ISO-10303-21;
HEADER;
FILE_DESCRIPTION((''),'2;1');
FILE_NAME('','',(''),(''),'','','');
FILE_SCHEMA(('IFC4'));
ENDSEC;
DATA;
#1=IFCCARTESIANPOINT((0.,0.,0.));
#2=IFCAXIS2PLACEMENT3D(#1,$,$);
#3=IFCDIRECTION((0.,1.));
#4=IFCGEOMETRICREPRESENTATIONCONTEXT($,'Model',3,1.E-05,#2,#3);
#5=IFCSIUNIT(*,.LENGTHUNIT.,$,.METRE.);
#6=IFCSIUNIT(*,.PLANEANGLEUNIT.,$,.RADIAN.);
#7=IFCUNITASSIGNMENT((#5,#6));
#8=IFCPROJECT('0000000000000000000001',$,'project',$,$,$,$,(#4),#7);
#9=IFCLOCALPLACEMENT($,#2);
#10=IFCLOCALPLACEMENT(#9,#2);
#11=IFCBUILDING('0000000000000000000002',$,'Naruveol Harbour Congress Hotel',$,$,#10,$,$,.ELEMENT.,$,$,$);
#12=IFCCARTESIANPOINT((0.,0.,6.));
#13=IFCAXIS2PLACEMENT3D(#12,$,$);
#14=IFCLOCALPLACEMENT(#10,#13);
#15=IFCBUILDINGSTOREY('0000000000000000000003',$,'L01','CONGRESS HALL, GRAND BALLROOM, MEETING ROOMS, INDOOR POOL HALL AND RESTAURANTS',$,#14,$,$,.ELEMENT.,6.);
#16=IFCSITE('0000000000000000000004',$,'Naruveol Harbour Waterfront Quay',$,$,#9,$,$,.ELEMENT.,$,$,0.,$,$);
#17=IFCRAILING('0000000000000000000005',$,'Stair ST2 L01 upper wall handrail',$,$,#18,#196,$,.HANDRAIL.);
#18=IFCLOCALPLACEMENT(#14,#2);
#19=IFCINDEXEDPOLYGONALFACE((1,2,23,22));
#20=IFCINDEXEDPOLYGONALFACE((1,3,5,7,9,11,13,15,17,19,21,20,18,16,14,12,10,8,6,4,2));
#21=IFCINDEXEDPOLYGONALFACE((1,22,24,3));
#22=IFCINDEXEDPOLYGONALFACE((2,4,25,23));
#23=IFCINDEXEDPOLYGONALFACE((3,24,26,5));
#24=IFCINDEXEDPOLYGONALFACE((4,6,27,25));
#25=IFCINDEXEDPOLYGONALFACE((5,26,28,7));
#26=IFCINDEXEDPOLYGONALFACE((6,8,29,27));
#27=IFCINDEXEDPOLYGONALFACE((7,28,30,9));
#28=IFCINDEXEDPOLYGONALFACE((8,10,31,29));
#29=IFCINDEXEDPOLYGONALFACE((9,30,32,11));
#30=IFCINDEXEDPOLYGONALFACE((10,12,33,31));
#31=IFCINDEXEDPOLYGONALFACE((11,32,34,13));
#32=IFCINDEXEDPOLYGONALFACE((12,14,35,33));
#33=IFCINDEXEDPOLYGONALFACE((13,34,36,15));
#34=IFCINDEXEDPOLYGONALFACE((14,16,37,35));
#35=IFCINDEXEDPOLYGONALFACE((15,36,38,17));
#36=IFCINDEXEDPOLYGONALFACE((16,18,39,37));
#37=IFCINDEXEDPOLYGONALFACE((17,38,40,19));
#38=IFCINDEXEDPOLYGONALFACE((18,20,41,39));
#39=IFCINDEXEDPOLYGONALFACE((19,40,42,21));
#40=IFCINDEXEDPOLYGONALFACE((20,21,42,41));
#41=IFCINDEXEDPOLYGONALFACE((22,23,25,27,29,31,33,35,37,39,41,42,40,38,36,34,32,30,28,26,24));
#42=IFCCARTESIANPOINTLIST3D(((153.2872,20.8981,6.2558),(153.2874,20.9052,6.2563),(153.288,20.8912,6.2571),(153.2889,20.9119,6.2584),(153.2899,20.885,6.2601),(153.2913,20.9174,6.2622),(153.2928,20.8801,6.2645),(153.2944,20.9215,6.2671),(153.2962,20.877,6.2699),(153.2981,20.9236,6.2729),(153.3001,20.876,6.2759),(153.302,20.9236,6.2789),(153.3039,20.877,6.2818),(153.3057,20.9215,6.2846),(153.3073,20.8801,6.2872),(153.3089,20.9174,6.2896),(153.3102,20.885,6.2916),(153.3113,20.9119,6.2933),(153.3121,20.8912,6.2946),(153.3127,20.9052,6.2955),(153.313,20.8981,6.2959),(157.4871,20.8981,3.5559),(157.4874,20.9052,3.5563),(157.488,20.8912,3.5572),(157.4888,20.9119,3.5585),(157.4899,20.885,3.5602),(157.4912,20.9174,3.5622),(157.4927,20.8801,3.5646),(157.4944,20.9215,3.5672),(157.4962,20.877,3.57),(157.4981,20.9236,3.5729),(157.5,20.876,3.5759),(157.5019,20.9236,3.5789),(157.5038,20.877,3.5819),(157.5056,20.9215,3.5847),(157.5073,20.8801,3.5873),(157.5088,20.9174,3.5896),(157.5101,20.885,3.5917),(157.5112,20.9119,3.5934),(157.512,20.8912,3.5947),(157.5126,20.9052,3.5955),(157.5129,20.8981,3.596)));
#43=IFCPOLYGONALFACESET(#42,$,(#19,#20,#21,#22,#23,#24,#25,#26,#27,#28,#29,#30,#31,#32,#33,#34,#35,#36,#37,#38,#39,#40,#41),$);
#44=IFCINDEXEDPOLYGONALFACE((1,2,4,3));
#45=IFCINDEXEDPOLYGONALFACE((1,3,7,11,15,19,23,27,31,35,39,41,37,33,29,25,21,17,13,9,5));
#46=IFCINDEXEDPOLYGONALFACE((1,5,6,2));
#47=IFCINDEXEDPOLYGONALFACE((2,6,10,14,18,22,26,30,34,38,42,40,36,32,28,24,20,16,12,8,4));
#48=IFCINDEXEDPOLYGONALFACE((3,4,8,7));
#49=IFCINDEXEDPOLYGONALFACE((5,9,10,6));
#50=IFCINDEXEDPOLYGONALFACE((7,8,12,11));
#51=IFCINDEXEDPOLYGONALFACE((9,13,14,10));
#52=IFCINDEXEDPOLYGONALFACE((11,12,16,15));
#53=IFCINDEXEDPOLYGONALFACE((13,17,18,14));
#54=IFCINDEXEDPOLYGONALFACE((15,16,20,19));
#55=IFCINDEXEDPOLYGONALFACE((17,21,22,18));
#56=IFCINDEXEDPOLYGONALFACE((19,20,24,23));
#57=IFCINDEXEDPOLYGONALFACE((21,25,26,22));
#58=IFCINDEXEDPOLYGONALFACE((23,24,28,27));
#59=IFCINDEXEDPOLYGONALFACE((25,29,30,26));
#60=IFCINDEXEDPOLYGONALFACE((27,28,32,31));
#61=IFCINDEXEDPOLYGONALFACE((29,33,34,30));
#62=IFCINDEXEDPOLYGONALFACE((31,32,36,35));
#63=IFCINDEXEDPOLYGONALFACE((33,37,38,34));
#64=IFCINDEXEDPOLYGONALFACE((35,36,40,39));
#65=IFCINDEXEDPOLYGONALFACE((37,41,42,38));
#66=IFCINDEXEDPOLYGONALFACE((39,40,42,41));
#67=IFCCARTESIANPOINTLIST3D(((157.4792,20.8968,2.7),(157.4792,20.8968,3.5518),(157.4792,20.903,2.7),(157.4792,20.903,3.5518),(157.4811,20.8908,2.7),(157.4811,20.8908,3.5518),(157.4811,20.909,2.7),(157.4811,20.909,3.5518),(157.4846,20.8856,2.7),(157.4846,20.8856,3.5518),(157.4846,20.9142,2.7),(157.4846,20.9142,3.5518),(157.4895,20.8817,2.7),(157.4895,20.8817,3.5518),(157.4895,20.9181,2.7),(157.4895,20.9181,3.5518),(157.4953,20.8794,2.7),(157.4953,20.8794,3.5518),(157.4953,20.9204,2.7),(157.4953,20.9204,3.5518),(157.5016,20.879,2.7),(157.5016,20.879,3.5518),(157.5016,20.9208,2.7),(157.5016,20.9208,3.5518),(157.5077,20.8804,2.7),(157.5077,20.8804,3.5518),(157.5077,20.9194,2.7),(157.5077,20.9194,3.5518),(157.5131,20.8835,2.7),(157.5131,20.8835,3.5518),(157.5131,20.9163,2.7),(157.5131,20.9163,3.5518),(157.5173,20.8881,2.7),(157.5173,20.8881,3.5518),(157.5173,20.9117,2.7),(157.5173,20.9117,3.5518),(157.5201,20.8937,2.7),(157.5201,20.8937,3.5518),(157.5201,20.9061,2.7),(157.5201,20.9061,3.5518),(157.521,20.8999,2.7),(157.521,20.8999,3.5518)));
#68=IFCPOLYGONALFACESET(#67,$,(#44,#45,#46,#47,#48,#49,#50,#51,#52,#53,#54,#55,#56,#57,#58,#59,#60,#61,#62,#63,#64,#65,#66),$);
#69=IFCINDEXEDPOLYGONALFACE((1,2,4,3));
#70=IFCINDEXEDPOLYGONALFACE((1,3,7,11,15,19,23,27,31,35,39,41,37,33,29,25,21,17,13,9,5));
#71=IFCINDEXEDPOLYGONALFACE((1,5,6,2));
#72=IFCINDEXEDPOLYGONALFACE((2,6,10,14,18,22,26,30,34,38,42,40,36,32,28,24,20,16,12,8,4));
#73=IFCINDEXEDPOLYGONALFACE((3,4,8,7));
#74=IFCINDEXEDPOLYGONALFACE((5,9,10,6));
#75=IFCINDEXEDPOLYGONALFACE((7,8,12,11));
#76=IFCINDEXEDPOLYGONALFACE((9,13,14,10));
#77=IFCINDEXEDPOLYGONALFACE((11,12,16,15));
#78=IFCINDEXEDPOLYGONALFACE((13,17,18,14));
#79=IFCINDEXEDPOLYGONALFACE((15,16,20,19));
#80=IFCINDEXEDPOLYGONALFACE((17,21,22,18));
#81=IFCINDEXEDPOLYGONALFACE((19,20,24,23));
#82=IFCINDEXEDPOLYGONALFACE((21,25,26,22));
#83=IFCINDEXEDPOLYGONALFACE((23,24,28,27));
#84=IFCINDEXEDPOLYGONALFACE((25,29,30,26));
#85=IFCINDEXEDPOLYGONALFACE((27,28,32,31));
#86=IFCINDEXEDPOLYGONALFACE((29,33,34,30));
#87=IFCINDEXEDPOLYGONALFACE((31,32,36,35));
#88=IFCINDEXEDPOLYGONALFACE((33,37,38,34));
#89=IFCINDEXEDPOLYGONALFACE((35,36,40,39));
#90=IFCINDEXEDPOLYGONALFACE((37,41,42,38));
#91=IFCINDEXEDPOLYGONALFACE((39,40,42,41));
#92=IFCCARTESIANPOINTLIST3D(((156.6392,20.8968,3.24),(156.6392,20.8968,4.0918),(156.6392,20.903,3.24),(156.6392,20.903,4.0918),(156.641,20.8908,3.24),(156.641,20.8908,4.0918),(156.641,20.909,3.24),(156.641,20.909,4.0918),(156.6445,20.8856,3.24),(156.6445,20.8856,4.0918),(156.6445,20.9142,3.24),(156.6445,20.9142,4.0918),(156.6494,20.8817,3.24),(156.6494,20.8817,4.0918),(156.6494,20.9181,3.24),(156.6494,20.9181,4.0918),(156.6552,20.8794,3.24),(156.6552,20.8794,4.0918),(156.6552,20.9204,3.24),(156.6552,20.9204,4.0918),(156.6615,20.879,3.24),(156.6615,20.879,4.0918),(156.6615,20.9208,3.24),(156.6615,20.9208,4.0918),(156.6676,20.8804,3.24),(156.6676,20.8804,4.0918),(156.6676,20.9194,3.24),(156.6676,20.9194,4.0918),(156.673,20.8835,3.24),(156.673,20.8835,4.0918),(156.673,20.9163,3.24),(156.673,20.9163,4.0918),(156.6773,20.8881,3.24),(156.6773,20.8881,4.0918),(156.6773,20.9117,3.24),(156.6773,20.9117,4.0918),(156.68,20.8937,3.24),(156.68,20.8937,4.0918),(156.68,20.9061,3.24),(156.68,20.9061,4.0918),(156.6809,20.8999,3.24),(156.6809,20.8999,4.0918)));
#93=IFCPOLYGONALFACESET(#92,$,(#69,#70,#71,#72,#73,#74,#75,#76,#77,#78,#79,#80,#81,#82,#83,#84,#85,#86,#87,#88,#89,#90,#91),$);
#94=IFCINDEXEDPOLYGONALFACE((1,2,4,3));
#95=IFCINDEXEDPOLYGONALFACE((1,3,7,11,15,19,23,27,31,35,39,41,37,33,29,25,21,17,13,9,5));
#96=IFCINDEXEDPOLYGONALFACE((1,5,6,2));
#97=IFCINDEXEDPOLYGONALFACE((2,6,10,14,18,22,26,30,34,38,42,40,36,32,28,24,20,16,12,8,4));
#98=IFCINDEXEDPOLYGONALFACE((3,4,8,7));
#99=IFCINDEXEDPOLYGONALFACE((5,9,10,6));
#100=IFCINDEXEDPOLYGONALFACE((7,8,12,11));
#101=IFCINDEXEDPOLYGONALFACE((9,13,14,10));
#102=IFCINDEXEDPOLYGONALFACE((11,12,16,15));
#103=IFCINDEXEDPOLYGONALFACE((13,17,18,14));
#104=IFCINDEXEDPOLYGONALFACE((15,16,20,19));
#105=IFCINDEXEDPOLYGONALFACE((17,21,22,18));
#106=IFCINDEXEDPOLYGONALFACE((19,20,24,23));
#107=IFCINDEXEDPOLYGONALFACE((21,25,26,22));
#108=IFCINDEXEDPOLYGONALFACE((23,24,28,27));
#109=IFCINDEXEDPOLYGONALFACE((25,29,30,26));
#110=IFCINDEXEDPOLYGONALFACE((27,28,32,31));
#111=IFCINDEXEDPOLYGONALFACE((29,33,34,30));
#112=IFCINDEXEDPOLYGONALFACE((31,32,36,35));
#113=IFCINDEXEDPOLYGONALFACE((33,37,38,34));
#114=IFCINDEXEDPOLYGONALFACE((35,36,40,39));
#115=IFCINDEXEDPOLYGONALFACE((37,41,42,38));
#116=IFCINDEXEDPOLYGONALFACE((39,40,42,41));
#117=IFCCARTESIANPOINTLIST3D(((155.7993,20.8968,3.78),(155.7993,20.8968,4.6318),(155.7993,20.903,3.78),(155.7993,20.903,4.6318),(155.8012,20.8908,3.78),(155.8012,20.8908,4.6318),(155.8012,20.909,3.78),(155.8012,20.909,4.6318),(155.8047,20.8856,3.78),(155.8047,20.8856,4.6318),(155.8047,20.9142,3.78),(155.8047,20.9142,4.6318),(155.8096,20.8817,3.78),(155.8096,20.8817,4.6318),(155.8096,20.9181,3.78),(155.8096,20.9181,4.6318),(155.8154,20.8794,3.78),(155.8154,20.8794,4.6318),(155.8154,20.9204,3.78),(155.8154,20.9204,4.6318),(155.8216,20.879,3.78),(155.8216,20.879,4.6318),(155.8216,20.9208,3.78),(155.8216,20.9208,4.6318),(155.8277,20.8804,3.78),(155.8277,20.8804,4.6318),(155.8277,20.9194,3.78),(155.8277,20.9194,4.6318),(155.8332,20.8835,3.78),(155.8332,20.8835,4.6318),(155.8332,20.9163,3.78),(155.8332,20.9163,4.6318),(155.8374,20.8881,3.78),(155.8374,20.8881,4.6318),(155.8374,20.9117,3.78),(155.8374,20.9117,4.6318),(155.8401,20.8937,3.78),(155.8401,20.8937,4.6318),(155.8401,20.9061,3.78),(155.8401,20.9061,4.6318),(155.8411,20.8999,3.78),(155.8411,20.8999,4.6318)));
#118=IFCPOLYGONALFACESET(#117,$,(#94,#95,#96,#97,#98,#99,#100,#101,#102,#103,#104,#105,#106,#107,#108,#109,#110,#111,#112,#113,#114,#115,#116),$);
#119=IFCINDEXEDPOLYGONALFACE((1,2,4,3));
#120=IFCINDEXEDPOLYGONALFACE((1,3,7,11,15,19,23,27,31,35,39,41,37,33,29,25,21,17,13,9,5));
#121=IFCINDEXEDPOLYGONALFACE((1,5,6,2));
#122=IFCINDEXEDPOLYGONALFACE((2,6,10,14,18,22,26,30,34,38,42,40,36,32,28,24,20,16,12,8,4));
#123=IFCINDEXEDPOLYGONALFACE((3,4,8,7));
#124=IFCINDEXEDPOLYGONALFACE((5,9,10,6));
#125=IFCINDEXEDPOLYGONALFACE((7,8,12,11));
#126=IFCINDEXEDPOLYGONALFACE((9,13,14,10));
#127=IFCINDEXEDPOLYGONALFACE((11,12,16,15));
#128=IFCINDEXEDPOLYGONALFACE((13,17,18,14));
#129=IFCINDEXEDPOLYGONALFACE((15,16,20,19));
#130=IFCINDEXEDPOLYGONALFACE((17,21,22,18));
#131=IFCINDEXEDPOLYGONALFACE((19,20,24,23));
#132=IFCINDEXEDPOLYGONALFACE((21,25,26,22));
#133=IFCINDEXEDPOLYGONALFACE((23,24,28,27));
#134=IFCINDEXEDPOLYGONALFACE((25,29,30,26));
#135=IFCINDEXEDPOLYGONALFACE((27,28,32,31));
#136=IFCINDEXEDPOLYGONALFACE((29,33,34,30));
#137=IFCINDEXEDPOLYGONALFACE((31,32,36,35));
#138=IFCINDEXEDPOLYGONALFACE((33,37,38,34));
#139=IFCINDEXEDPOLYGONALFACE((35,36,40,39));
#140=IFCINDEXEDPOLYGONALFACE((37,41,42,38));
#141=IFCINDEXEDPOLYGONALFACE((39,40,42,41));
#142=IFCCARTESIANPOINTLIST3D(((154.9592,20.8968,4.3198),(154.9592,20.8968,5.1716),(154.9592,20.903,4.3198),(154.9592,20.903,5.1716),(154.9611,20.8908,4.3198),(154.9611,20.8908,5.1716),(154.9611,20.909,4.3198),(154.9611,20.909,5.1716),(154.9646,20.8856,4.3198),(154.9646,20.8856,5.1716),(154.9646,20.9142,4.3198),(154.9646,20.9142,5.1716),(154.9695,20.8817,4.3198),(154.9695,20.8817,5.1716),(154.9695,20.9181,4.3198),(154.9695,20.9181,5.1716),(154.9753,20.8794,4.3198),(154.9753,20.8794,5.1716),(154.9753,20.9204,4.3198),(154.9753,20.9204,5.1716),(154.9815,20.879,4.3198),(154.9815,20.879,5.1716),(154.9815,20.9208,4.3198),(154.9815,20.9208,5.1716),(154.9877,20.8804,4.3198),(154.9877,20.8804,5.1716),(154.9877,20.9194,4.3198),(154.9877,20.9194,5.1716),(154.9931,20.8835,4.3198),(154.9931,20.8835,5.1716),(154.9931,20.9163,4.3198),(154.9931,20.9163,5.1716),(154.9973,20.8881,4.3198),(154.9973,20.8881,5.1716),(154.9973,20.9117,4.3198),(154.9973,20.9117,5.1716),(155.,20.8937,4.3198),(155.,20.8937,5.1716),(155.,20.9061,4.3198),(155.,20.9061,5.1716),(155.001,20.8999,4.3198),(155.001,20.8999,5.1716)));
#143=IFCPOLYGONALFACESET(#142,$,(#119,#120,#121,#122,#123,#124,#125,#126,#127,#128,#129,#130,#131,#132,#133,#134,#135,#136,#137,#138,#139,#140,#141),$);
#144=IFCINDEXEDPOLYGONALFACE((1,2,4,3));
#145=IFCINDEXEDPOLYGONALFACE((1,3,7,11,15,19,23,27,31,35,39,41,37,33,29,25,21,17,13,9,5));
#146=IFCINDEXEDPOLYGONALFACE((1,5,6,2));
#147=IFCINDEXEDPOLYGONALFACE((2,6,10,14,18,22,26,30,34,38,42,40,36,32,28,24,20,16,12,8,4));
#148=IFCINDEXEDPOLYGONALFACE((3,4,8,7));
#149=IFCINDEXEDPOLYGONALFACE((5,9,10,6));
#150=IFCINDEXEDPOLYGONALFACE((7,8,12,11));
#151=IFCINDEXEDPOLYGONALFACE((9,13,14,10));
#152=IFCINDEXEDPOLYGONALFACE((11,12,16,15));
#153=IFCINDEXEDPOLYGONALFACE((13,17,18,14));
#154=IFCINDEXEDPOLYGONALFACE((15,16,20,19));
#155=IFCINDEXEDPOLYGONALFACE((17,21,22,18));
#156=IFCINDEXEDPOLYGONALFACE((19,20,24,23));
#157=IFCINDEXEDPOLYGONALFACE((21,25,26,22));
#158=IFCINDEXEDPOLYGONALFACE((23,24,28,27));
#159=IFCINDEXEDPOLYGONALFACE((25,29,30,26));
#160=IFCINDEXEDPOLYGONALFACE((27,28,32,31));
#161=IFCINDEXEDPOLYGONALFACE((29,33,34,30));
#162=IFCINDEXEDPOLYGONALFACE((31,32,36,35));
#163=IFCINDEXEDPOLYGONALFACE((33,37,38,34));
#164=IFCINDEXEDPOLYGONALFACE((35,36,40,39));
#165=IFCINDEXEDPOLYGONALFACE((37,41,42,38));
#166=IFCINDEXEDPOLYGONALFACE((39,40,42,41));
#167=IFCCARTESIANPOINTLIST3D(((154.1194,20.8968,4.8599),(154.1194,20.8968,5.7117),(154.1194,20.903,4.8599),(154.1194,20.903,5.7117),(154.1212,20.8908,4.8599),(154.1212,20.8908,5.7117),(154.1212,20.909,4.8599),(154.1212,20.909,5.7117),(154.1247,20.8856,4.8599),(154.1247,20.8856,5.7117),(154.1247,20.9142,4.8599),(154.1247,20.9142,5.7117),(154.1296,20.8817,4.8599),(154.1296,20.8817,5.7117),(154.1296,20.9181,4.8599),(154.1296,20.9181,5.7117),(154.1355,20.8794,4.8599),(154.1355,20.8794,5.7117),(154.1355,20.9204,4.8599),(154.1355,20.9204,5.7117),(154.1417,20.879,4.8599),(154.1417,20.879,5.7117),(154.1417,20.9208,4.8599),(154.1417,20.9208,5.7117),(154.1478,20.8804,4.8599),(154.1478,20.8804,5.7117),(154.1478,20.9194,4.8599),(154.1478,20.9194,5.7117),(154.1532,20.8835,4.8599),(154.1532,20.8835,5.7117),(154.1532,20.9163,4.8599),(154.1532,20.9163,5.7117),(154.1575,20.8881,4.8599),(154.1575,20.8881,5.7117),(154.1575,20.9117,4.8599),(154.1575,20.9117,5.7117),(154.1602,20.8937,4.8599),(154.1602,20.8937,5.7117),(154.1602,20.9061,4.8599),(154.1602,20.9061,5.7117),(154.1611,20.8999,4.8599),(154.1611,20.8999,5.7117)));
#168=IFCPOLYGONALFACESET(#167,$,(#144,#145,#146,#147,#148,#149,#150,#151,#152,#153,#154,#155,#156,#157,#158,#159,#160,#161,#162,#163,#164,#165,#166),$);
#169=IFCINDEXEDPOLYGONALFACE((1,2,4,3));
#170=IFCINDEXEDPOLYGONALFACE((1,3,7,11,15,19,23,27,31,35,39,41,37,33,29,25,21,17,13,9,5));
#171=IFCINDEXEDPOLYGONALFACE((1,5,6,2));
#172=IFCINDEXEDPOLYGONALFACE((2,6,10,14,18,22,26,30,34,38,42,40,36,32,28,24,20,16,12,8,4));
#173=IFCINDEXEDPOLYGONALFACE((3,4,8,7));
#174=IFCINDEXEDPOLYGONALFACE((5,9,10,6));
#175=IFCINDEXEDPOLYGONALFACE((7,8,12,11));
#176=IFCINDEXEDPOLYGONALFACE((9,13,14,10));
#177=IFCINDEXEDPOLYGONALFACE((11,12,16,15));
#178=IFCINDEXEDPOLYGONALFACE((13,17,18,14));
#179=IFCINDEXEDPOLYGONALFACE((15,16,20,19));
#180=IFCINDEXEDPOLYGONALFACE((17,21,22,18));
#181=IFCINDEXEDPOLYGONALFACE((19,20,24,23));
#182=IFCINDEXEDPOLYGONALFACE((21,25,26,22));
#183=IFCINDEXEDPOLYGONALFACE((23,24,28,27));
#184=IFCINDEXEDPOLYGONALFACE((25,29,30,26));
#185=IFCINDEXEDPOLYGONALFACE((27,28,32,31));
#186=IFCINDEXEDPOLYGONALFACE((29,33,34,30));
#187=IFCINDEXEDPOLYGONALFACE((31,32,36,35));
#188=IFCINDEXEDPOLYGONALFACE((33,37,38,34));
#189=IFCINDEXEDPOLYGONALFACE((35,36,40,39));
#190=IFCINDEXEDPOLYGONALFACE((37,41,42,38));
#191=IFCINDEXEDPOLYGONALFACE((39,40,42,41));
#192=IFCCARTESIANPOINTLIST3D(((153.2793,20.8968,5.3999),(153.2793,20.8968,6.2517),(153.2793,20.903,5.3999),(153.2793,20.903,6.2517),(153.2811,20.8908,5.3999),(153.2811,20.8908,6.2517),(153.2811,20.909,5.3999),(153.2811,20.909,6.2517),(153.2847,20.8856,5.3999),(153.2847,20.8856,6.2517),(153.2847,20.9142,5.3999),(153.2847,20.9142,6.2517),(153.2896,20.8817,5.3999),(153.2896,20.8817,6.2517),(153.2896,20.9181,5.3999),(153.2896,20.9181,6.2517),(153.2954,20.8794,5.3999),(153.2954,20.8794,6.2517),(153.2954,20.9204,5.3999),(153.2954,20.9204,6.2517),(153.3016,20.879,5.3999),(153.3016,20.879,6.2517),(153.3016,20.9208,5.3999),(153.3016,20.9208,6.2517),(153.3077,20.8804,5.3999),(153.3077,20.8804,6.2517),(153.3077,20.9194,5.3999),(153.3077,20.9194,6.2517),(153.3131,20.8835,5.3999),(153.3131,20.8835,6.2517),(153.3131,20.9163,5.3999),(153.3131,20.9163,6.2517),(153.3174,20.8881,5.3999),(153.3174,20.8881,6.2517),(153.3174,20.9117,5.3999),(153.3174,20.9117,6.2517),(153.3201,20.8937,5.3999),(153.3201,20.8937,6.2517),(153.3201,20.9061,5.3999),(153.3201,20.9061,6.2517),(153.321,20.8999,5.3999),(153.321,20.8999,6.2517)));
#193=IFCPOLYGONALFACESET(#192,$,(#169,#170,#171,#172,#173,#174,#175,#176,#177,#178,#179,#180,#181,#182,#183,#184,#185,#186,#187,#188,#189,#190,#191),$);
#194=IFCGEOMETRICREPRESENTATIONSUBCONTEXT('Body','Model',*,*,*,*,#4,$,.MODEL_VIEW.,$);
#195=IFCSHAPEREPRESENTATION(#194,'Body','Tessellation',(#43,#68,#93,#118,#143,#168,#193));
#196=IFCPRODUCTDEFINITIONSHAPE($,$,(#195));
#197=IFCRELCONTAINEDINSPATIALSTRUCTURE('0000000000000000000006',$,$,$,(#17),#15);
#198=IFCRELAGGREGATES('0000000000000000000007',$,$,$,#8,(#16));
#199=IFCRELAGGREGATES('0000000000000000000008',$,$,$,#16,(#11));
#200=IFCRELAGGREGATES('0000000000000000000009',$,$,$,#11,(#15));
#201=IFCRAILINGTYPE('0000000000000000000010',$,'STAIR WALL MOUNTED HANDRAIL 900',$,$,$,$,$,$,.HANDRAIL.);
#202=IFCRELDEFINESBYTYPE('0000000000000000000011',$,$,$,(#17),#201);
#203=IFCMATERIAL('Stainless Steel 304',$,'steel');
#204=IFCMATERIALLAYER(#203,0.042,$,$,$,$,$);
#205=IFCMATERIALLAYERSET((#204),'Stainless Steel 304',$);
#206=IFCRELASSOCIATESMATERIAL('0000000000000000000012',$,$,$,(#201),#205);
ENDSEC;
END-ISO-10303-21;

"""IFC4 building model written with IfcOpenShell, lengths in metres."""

from ifc_helpers import new_model, si_unit, direction, frame, origin, origin_2d, place, context, subcontext, project, spatial, circle, extrude, material, layer, layer_set, type_object, element, save


model = new_model("IFC4")

# Units and contexts
model_context = context("Model", 3, precision=1e-05, world=origin(), true_north=direction((0.0, 1.0)))
body_context = subcontext(model_context, "Body", "Model", "MODEL_VIEW")
ifc_project = project(units=[si_unit("LENGTHUNIT", "METRE"), si_unit("PLANEANGLEUNIT", "RADIAN")], contexts=[model_context])

# Site, building, storey
site_placement = place(None, origin())
site = spatial("IfcSite", under=ifc_project, at=site_placement, Name="Naruveol Harbour Waterfront Quay", CompositionType="ELEMENT", RefElevation=0.0)
building_placement = place(site_placement, origin())
building = spatial("IfcBuilding", under=site, at=building_placement, Name="Naruveol Harbour Congress Hotel", CompositionType="ELEMENT")
storey_placement = place(building_placement, frame((0.0, 0.0, 6.0)))
storey = spatial("IfcBuildingStorey", under=building, at=storey_placement, Name="L01", Description="CONGRESS HALL, GRAND BALLROOM, MEETING ROOMS, INDOOR POOL HALL AND RESTAURANTS", CompositionType="ELEMENT", Elevation=6.0)

# Railing
ifc_material_1 = material(Name="Stainless Steel 304", Category="steel")
ifc_layer_1 = layer(ifc_material_1, 0.042)
ifc_layer_set_1 = layer_set([ifc_layer_1], Name="Stainless Steel 304")
railing_type = type_object("IfcRailingType", Name="STAIR WALL MOUNTED HANDRAIL 900", PredefinedType="HANDRAIL", material=ifc_layer_set_1)
railing_placement = place(storey_placement, frame((157.5, 20.8999, 2.7)))
element("IfcRailing", 1, at=railing_placement, inside=storey, type_object=railing_type, Name="Stair ST2 L01 upper wall handrail", PredefinedType="HANDRAIL", context=body_context, shape_type="SweptSolid", body=[
    extrude(circle(Radius=0.0239, at=origin_2d()), frame((0.0, 0.0, 0.876), z_axis=(-0.84118, 0.0, 0.540755), x_axis=(0.0, -1.0, 0.0)), (0.0, 0.0, 1.0), 4.9929),
    extrude(circle(Radius=0.021, at=origin_2d()), origin(), (0.0, 0.0, 1.0), 0.8518),
    extrude(circle(Radius=0.021, at=origin_2d()), frame((-0.8401, 0.0, 0.54)), (0.0, 0.0, 1.0), 0.8518),
    extrude(circle(Radius=0.021, at=origin_2d()), frame((-1.6799, 0.0, 1.0801)), (0.0, 0.0, 1.0), 0.8518),
    extrude(circle(Radius=0.021, at=origin_2d()), frame((-2.52, 0.0, 1.6199)), (0.0, 0.0, 1.0), 0.8518),
    extrude(circle(Radius=0.021, at=origin_2d()), frame((-3.3599, 0.0, 2.1599)), (0.0, 0.0, 1.0), 0.8518),
    extrude(circle(Radius=0.021, at=origin_2d()), frame((-4.2, 0.0, 2.7)), (0.0, 0.0, 1.0), 0.8518),
])

save(model, "model.ifc")
